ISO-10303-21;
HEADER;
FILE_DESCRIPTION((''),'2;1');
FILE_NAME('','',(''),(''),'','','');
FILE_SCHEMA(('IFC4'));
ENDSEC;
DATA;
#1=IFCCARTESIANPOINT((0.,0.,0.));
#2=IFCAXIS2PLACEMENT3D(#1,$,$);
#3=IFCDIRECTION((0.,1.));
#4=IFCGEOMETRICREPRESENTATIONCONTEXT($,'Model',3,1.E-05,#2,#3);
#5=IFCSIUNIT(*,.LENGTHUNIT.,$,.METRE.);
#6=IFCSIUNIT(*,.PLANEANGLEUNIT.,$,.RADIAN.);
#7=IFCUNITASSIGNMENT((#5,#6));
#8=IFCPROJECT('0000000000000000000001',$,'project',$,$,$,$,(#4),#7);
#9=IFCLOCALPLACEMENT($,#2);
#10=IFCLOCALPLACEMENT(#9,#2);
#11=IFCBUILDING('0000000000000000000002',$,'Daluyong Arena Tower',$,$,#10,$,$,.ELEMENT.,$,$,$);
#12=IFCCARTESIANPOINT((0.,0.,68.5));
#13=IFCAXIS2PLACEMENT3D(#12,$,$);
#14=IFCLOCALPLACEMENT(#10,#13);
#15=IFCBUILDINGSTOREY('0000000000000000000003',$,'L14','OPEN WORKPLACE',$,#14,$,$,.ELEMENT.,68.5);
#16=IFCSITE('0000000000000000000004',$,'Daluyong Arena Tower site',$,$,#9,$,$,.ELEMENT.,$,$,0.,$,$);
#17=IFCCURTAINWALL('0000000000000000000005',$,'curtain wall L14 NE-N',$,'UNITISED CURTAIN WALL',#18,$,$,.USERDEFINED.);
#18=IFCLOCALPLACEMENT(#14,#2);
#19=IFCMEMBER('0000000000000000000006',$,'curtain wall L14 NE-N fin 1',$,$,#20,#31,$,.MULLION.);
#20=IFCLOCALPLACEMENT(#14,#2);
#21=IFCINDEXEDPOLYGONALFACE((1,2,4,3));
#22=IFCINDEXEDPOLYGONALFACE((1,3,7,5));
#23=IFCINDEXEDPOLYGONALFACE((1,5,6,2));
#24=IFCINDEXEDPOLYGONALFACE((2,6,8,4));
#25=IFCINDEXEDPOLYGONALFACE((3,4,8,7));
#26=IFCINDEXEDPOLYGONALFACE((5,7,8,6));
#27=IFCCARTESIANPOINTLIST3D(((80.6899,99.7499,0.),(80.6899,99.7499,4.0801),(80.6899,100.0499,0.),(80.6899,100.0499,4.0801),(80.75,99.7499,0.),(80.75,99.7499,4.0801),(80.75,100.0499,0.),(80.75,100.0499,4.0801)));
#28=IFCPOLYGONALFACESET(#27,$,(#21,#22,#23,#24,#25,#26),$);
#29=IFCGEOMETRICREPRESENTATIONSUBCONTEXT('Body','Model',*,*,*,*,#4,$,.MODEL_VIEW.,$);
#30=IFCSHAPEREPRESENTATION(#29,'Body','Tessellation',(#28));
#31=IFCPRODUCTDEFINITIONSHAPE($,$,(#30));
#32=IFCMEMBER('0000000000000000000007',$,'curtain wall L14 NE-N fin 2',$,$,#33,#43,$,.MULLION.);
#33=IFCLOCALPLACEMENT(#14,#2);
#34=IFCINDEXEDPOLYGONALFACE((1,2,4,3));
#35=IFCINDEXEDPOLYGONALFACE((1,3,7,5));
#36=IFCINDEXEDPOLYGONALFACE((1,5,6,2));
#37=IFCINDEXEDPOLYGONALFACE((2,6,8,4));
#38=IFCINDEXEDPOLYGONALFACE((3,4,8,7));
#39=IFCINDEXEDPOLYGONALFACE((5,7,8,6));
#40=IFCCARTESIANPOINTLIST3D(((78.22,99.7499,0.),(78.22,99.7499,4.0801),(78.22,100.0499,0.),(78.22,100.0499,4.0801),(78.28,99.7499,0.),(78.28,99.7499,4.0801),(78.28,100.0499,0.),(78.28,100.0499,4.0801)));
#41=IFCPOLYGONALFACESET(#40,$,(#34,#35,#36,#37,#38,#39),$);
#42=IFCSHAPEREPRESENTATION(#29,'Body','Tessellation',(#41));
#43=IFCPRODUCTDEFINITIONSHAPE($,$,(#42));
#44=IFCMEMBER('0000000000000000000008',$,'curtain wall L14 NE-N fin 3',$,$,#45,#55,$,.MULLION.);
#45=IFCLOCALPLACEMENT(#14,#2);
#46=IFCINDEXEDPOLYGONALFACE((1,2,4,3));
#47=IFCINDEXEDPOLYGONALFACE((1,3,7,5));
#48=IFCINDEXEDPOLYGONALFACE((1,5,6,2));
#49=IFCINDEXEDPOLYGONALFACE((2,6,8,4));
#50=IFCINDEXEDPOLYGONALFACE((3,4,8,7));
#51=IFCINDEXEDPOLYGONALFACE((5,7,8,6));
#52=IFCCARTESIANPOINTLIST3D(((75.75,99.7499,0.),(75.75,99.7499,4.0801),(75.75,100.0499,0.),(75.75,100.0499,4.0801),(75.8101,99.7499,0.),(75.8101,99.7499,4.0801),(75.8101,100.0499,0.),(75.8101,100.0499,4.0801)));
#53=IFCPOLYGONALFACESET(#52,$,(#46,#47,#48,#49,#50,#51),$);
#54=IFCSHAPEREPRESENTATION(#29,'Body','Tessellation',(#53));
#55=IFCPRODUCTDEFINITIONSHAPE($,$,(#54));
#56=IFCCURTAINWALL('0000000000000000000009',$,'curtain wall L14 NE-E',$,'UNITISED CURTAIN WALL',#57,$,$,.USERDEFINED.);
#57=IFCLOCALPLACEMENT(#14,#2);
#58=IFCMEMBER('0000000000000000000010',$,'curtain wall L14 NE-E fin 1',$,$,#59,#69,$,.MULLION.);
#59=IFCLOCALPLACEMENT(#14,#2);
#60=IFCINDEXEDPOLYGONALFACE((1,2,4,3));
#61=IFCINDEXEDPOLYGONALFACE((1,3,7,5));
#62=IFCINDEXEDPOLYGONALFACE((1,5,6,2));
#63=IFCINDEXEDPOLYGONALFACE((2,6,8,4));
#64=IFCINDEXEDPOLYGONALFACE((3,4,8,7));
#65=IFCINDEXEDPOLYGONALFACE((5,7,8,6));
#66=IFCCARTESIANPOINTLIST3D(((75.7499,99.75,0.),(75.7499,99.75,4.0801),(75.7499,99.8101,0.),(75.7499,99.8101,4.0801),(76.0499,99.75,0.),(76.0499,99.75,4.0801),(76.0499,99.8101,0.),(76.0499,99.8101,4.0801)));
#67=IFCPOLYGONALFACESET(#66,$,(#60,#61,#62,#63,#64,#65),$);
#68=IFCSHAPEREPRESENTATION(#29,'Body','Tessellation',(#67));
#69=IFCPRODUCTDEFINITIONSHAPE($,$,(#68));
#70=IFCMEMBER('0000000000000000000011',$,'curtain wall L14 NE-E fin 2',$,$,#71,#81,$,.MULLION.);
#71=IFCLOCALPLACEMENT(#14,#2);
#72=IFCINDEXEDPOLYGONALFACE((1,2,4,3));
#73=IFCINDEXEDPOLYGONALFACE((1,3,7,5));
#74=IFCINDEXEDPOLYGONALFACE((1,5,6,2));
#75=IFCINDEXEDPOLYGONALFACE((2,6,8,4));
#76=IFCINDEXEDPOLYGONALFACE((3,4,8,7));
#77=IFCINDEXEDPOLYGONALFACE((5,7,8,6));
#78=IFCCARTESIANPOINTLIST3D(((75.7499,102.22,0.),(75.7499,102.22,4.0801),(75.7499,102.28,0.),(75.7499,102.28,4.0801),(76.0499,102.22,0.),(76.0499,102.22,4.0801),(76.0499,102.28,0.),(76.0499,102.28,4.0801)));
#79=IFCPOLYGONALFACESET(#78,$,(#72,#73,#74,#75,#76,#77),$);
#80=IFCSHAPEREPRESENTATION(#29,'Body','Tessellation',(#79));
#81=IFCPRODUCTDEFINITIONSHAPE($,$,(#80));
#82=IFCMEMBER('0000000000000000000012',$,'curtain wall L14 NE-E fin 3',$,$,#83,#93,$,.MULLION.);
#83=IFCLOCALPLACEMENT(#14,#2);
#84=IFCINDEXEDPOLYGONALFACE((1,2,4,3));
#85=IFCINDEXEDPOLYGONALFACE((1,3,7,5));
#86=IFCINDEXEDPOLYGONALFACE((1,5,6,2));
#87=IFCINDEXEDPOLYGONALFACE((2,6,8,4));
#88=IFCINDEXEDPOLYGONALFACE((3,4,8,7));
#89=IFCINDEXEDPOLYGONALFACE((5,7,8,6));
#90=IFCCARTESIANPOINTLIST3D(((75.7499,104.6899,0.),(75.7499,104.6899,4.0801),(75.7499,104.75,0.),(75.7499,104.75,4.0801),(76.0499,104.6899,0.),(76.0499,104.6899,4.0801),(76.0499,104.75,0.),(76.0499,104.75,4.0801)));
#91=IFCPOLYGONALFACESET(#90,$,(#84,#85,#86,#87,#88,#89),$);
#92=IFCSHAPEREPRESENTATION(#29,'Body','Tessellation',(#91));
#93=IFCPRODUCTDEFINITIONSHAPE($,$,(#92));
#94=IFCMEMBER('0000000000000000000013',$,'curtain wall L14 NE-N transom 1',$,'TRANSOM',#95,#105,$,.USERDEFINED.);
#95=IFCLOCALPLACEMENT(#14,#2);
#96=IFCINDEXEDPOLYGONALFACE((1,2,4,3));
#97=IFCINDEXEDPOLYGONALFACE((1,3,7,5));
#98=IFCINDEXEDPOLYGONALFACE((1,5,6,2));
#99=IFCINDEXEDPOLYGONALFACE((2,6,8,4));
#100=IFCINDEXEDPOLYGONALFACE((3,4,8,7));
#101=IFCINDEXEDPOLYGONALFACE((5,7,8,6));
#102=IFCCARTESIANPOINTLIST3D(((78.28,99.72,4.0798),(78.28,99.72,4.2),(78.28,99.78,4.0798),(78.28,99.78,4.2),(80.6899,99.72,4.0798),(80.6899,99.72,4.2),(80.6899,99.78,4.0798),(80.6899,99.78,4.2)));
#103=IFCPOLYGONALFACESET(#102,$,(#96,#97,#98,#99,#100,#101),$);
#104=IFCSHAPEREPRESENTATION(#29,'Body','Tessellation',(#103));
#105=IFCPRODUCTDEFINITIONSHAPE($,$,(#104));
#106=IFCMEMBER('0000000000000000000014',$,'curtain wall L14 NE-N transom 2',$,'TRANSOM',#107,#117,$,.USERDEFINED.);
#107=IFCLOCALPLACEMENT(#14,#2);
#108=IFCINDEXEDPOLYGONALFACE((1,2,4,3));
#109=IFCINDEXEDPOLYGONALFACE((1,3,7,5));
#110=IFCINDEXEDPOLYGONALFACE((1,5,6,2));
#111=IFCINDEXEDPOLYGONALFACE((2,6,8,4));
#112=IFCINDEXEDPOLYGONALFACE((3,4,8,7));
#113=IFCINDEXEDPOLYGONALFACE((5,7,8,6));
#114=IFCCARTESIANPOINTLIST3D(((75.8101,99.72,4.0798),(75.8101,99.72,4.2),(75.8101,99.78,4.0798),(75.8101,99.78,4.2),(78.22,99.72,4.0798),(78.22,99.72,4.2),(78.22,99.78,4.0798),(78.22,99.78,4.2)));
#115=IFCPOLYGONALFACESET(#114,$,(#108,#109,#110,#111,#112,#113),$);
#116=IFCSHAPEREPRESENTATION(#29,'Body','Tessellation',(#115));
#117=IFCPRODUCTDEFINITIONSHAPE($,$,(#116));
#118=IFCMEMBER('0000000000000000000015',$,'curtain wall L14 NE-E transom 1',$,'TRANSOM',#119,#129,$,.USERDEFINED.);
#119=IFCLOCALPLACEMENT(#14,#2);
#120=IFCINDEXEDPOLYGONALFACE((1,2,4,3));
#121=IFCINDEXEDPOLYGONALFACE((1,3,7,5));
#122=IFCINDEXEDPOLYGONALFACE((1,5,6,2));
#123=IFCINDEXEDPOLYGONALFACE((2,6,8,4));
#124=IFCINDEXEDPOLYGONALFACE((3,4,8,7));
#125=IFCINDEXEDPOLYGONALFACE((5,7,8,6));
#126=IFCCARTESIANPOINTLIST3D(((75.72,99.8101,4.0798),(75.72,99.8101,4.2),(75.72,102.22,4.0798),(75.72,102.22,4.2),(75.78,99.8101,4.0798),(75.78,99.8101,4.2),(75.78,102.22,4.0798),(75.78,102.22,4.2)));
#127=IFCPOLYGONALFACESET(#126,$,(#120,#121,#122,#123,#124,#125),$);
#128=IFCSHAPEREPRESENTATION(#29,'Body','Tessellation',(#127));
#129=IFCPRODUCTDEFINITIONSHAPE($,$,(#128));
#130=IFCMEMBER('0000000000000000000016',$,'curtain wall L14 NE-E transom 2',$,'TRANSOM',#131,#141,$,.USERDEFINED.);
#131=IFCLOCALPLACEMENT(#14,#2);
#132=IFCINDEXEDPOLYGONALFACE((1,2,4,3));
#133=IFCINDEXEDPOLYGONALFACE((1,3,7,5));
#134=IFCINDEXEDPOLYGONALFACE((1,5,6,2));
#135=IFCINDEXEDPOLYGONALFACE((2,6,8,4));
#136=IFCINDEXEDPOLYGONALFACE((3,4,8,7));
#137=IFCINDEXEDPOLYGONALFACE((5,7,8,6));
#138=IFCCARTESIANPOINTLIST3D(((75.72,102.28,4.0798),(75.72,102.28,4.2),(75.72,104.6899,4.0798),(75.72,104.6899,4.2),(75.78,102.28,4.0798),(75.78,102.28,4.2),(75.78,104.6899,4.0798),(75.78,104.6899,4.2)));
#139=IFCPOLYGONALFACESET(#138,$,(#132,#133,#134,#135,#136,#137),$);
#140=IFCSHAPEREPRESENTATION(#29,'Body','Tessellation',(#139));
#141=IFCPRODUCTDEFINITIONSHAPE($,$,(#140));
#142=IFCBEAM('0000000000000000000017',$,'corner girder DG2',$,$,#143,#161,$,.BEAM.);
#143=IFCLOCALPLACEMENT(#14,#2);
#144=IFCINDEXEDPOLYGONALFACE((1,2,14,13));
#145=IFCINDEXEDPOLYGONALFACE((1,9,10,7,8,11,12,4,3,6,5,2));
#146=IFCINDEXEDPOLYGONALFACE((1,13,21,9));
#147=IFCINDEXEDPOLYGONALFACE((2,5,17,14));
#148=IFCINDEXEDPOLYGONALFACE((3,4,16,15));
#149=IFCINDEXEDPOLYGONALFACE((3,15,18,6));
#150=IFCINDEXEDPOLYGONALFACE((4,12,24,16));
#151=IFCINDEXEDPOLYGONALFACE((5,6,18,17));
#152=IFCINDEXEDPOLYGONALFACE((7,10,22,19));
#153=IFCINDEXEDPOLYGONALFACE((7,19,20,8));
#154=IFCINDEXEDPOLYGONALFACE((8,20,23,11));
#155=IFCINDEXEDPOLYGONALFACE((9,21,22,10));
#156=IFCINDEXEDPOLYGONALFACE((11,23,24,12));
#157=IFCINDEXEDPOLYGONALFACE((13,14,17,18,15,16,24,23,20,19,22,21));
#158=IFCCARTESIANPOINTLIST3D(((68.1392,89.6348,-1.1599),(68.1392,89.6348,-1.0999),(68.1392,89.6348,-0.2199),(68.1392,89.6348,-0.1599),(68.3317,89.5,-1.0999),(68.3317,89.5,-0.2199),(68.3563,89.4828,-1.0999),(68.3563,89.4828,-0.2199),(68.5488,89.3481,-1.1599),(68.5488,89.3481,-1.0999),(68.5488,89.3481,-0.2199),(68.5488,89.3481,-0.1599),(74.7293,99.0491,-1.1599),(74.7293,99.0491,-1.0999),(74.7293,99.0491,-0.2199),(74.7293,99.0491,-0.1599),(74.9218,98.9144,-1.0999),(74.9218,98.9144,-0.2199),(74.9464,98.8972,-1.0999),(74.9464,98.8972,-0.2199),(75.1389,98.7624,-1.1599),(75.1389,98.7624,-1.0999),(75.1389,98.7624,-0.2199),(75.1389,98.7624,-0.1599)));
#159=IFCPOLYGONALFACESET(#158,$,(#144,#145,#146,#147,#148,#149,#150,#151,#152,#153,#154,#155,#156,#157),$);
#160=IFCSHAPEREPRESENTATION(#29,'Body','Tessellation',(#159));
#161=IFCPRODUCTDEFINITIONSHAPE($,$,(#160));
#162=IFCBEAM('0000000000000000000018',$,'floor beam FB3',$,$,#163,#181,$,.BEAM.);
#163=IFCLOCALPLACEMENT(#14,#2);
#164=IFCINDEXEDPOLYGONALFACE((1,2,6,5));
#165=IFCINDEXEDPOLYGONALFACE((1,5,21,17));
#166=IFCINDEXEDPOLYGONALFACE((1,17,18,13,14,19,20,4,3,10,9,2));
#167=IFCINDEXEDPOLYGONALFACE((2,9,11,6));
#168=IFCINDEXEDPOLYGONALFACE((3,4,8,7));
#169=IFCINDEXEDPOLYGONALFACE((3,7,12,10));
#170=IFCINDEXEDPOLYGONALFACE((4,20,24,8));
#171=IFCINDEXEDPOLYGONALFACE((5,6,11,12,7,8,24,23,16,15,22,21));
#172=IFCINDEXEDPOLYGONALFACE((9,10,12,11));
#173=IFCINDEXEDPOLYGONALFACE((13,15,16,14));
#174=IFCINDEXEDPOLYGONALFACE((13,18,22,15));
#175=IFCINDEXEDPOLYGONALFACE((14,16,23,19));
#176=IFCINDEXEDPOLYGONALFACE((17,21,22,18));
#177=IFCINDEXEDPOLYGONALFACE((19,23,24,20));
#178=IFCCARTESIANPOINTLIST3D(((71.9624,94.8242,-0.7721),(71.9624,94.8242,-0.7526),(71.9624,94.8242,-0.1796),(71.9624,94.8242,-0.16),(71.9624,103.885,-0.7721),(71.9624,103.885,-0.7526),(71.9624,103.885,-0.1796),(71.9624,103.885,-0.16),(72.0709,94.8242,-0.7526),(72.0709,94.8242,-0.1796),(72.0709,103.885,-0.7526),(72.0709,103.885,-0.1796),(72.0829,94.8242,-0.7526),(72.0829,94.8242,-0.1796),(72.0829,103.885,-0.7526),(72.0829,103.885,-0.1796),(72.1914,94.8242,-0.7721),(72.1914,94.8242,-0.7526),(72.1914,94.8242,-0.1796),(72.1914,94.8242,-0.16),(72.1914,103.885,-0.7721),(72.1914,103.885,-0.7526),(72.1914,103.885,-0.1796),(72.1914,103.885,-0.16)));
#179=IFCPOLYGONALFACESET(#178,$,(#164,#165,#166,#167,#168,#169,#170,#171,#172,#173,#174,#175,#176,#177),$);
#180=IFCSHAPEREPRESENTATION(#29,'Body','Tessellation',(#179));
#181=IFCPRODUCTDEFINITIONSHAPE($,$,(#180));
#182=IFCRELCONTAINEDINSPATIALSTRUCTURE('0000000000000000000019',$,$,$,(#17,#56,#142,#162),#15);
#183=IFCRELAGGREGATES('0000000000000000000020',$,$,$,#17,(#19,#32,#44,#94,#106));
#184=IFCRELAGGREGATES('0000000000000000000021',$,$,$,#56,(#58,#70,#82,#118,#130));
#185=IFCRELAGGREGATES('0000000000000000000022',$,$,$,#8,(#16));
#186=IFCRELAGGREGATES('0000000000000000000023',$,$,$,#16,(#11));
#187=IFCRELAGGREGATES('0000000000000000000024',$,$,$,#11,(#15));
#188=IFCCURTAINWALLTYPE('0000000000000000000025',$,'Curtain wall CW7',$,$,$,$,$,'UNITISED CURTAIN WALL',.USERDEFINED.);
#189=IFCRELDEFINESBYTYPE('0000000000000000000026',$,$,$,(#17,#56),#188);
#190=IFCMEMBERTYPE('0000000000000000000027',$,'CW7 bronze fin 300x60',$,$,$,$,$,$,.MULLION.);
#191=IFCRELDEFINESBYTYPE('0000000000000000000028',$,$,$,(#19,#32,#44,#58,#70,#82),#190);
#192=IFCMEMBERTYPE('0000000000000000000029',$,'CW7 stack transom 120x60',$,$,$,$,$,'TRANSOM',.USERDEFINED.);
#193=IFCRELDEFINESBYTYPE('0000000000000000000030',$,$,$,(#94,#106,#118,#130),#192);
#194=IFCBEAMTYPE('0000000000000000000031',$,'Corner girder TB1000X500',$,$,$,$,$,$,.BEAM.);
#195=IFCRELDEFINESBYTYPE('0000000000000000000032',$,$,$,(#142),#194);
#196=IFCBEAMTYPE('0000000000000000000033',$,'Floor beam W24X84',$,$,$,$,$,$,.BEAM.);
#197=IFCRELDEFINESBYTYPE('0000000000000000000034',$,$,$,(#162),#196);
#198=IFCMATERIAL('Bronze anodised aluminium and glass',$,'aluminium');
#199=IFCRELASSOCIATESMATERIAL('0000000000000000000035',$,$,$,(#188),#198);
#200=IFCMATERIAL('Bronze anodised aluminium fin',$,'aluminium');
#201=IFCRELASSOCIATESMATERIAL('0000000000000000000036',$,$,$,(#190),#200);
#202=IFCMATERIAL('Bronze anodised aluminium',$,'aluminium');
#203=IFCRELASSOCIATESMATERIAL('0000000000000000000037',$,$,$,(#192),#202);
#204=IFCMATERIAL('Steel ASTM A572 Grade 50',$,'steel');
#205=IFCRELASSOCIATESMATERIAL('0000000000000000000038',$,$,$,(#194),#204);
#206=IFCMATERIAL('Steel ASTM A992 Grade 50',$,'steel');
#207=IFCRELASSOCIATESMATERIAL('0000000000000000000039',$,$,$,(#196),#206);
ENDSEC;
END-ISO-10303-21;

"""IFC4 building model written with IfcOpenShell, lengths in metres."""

from ifc_helpers import new_model, si_unit, direction, frame, origin, origin_2d, place, context, subcontext, project, spatial, rectangle, i_section, extrude, material, material_profile, profile_set, type_object, element, aggregate, save


model = new_model("IFC4")

# Units and contexts
model_context = context("Model", 3, precision=1e-05, world=origin(), true_north=direction((0.0, 1.0)))
body_context = subcontext(model_context, "Body", "Model", "MODEL_VIEW")
ifc_project = project(units=[si_unit("LENGTHUNIT", "METRE"), si_unit("PLANEANGLEUNIT", "RADIAN")], contexts=[model_context])

# Site, building, storey
site_placement = place(None, origin())
site = spatial("IfcSite", under=ifc_project, at=site_placement, Name="Daluyong Arena Tower site", CompositionType="ELEMENT", RefElevation=0.0)
building_placement = place(site_placement, origin())
building = spatial("IfcBuilding", under=site, at=building_placement, Name="Daluyong Arena Tower", CompositionType="ELEMENT")
storey_placement = place(building_placement, frame((0.0, 0.0, 68.5)))
storey = spatial("IfcBuildingStorey", under=building, at=storey_placement, Name="L14", Description="OPEN WORKPLACE", CompositionType="ELEMENT", Elevation=68.5)

# Curtain walls, members
ifc_material_1 = material(Name="Bronze anodised aluminium and glass", Category="aluminium")
curtain_wall_type_1 = type_object("IfcCurtainWallType", Name="Curtain wall CW7", ElementType="UNITISED CURTAIN WALL", PredefinedType="USERDEFINED", material=ifc_material_1)
curtain_wall_1_placement = place(storey_placement, origin())
curtain_wall_1 = element("IfcCurtainWall", 1, at=curtain_wall_1_placement, inside=storey, type_object=curtain_wall_type_1, Name="curtain wall L14 NE-N", ObjectType="UNITISED CURTAIN WALL", PredefinedType="USERDEFINED")
ifc_material_2 = material(Name="Bronze anodised aluminium fin", Category="aluminium")
ifc_material_profile_1 = material_profile(ifc_material_2, rectangle(XDim=0.3, YDim=0.0601, at=origin_2d()))
ifc_profile_set_1 = profile_set([ifc_material_profile_1], Name="Bronze anodised aluminium fin")
member_type_1 = type_object("IfcMemberType", Name="CW7 bronze fin 300x60", PredefinedType="MULLION", material=ifc_profile_set_1)
member_1_placement = place(storey_placement, frame((80.72, 99.8999, 0.0), z_axis=(0.0, 0.0, 1.0), x_axis=(0.0, -1.0, 0.0)))
member_1 = element("IfcMember", 2, at=member_1_placement, type_object=member_type_1, Name="curtain wall L14 NE-N fin 1", PredefinedType="MULLION", context=body_context, shape_type="SweptSolid", body=[
    extrude(rectangle(XDim=0.3, YDim=0.0601, at=origin_2d()), origin(), (0.0, 0.0, 1.0), 4.0801),
])
member_2_placement = place(storey_placement, frame((78.25, 99.8999, 0.0), z_axis=(0.0, 0.0, 1.0), x_axis=(0.0, -1.0, 0.0)))
member_2 = element("IfcMember", 3, at=member_2_placement, type_object=member_type_1, Name="curtain wall L14 NE-N fin 2", PredefinedType="MULLION", context=body_context, shape_type="SweptSolid", body=[
    extrude(rectangle(XDim=0.3, YDim=0.0601, at=origin_2d()), origin(), (0.0, 0.0, 1.0), 4.0801),
])
member_3_placement = place(storey_placement, frame((75.78, 99.8999, 0.0), z_axis=(0.0, 0.0, 1.0), x_axis=(0.0, -1.0, 0.0)))
member_3 = element("IfcMember", 4, at=member_3_placement, type_object=member_type_1, Name="curtain wall L14 NE-N fin 3", PredefinedType="MULLION", context=body_context, shape_type="SweptSolid", body=[
    extrude(rectangle(XDim=0.3, YDim=0.0601, at=origin_2d()), origin(), (0.0, 0.0, 1.0), 4.0801),
])
curtain_wall_2_placement = place(storey_placement, origin())
curtain_wall_2 = element("IfcCurtainWall", 5, at=curtain_wall_2_placement, inside=storey, type_object=curtain_wall_type_1, Name="curtain wall L14 NE-E", ObjectType="UNITISED CURTAIN WALL", PredefinedType="USERDEFINED")
member_4_placement = place(storey_placement, frame((75.8999, 99.78, 0.0), z_axis=(0.0, 0.0, 1.0), x_axis=(-1.0, 0.0, 0.0)))
member_4 = element("IfcMember", 6, at=member_4_placement, type_object=member_type_1, Name="curtain wall L14 NE-E fin 1", PredefinedType="MULLION", context=body_context, shape_type="SweptSolid", body=[
    extrude(rectangle(XDim=0.3, YDim=0.0601, at=origin_2d()), origin(), (0.0, 0.0, 1.0), 4.0801),
])
member_5_placement = place(storey_placement, frame((75.8999, 102.25, 0.0), z_axis=(0.0, 0.0, 1.0), x_axis=(-1.0, 0.0, 0.0)))
member_5 = element("IfcMember", 7, at=member_5_placement, type_object=member_type_1, Name="curtain wall L14 NE-E fin 2", PredefinedType="MULLION", context=body_context, shape_type="SweptSolid", body=[
    extrude(rectangle(XDim=0.3, YDim=0.0601, at=origin_2d()), origin(), (0.0, 0.0, 1.0), 4.0801),
])
member_6_placement = place(storey_placement, frame((75.8999, 104.72, 0.0), z_axis=(0.0, 0.0, 1.0), x_axis=(-1.0, 0.0, 0.0)))
member_6 = element("IfcMember", 8, at=member_6_placement, type_object=member_type_1, Name="curtain wall L14 NE-E fin 3", PredefinedType="MULLION", context=body_context, shape_type="SweptSolid", body=[
    extrude(rectangle(XDim=0.3, YDim=0.0601, at=origin_2d()), origin(), (0.0, 0.0, 1.0), 4.0801),
])

# Members
ifc_material_3 = material(Name="Bronze anodised aluminium", Category="aluminium")
ifc_material_profile_2 = material_profile(ifc_material_3, rectangle(XDim=0.0601, YDim=0.1201, at=origin_2d()))
ifc_profile_set_2 = profile_set([ifc_material_profile_2], Name="Bronze anodised aluminium")
member_type_2 = type_object("IfcMemberType", Name="CW7 stack transom 120x60", ElementType="TRANSOM", PredefinedType="USERDEFINED", material=ifc_profile_set_2)
member_7_placement = place(storey_placement, frame((80.6899, 99.75, 4.1399), z_axis=(-1.0, 0.0, 0.0), x_axis=(0.0, -1.0, 0.0)))
member_7 = element("IfcMember", 9, at=member_7_placement, type_object=member_type_2, Name="curtain wall L14 NE-N transom 1", ObjectType="TRANSOM", PredefinedType="USERDEFINED", context=body_context, shape_type="SweptSolid", body=[
    extrude(rectangle(XDim=0.0601, YDim=0.1201, at=origin_2d()), origin(), (0.0, 0.0, 1.0), 2.4099),
])
member_8_placement = place(storey_placement, frame((78.22, 99.75, 4.1399), z_axis=(-1.0, 0.0, 0.0), x_axis=(0.0, -1.0, 0.0)))
member_8 = element("IfcMember", 10, at=member_8_placement, type_object=member_type_2, Name="curtain wall L14 NE-N transom 2", ObjectType="TRANSOM", PredefinedType="USERDEFINED", context=body_context, shape_type="SweptSolid", body=[
    extrude(rectangle(XDim=0.0601, YDim=0.1201, at=origin_2d()), origin(), (0.0, 0.0, 1.0), 2.4099),
])
member_9_placement = place(storey_placement, frame((75.75, 99.8101, 4.1399), z_axis=(0.0, 1.0, 0.0), x_axis=(-1.0, 0.0, 0.0)))
member_9 = element("IfcMember", 11, at=member_9_placement, type_object=member_type_2, Name="curtain wall L14 NE-E transom 1", ObjectType="TRANSOM", PredefinedType="USERDEFINED", context=body_context, shape_type="SweptSolid", body=[
    extrude(rectangle(XDim=0.0601, YDim=0.1201, at=origin_2d()), origin(), (0.0, 0.0, 1.0), 2.4099),
])
member_10_placement = place(storey_placement, frame((75.75, 102.28, 4.1399), z_axis=(0.0, 1.0, 0.0), x_axis=(-1.0, 0.0, 0.0)))
member_10 = element("IfcMember", 12, at=member_10_placement, type_object=member_type_2, Name="curtain wall L14 NE-E transom 2", ObjectType="TRANSOM", PredefinedType="USERDEFINED", context=body_context, shape_type="SweptSolid", body=[
    extrude(rectangle(XDim=0.0601, YDim=0.1201, at=origin_2d()), origin(), (0.0, 0.0, 1.0), 2.4099),
])

# Beams
ifc_material_4 = material(Name="Steel ASTM A572 Grade 50", Category="steel")
ifc_material_profile_3 = material_profile(ifc_material_4, i_section(OverallWidth=0.5, OverallDepth=1.0, WebThickness=0.03, FlangeThickness=0.06, at=origin_2d()))
ifc_profile_set_3 = profile_set([ifc_material_profile_3], Name="Steel ASTM A572 Grade 50")
beam_type_1 = type_object("IfcBeamType", Name="Corner girder TB1000X500", PredefinedType="BEAM", material=ifc_profile_set_3)
beam_1_placement = place(storey_placement, frame((74.9341, 98.9058, -0.6599), z_axis=(-0.573467, -0.819229, 0.0), x_axis=(0.819229, -0.573467, 0.0)))
element("IfcBeam", 13, at=beam_1_placement, inside=storey, type_object=beam_type_1, Name="corner girder DG2", PredefinedType="BEAM", context=body_context, shape_type="SweptSolid", body=[
    extrude(i_section(OverallWidth=0.5, OverallDepth=1.0, WebThickness=0.03, FlangeThickness=0.06, at=origin_2d()), origin(), (0.0, 0.0, 1.0), 11.4917),
])
ifc_material_5 = material(Name="Steel ASTM A992 Grade 50", Category="steel")
ifc_material_profile_4 = material_profile(ifc_material_5, i_section(OverallWidth=0.229, OverallDepth=0.6121, WebThickness=0.012, FlangeThickness=0.0195, at=origin_2d()))
ifc_profile_set_4 = profile_set([ifc_material_profile_4], Name="Steel ASTM A992 Grade 50")
beam_type_2 = type_object("IfcBeamType", Name="Floor beam W24X84", PredefinedType="BEAM", material=ifc_profile_set_4)
beam_2_placement = place(storey_placement, frame((72.0769, 103.885, -0.4661), z_axis=(0.0, -1.0, 0.0), x_axis=(1.0, 0.0, 0.0)))
element("IfcBeam", 14, at=beam_2_placement, inside=storey, type_object=beam_type_2, Name="floor beam FB3", PredefinedType="BEAM", context=body_context, shape_type="SweptSolid", body=[
    extrude(i_section(OverallWidth=0.229, OverallDepth=0.6121, WebThickness=0.012, FlangeThickness=0.0195, at=origin_2d()), origin(), (0.0, 0.0, 1.0), 9.0608),
])

aggregate(curtain_wall_1, [member_1, member_2, member_3, member_7, member_8])
aggregate(curtain_wall_2, [member_4, member_5, member_6, member_9, member_10])

save(model, "model.ifc")
